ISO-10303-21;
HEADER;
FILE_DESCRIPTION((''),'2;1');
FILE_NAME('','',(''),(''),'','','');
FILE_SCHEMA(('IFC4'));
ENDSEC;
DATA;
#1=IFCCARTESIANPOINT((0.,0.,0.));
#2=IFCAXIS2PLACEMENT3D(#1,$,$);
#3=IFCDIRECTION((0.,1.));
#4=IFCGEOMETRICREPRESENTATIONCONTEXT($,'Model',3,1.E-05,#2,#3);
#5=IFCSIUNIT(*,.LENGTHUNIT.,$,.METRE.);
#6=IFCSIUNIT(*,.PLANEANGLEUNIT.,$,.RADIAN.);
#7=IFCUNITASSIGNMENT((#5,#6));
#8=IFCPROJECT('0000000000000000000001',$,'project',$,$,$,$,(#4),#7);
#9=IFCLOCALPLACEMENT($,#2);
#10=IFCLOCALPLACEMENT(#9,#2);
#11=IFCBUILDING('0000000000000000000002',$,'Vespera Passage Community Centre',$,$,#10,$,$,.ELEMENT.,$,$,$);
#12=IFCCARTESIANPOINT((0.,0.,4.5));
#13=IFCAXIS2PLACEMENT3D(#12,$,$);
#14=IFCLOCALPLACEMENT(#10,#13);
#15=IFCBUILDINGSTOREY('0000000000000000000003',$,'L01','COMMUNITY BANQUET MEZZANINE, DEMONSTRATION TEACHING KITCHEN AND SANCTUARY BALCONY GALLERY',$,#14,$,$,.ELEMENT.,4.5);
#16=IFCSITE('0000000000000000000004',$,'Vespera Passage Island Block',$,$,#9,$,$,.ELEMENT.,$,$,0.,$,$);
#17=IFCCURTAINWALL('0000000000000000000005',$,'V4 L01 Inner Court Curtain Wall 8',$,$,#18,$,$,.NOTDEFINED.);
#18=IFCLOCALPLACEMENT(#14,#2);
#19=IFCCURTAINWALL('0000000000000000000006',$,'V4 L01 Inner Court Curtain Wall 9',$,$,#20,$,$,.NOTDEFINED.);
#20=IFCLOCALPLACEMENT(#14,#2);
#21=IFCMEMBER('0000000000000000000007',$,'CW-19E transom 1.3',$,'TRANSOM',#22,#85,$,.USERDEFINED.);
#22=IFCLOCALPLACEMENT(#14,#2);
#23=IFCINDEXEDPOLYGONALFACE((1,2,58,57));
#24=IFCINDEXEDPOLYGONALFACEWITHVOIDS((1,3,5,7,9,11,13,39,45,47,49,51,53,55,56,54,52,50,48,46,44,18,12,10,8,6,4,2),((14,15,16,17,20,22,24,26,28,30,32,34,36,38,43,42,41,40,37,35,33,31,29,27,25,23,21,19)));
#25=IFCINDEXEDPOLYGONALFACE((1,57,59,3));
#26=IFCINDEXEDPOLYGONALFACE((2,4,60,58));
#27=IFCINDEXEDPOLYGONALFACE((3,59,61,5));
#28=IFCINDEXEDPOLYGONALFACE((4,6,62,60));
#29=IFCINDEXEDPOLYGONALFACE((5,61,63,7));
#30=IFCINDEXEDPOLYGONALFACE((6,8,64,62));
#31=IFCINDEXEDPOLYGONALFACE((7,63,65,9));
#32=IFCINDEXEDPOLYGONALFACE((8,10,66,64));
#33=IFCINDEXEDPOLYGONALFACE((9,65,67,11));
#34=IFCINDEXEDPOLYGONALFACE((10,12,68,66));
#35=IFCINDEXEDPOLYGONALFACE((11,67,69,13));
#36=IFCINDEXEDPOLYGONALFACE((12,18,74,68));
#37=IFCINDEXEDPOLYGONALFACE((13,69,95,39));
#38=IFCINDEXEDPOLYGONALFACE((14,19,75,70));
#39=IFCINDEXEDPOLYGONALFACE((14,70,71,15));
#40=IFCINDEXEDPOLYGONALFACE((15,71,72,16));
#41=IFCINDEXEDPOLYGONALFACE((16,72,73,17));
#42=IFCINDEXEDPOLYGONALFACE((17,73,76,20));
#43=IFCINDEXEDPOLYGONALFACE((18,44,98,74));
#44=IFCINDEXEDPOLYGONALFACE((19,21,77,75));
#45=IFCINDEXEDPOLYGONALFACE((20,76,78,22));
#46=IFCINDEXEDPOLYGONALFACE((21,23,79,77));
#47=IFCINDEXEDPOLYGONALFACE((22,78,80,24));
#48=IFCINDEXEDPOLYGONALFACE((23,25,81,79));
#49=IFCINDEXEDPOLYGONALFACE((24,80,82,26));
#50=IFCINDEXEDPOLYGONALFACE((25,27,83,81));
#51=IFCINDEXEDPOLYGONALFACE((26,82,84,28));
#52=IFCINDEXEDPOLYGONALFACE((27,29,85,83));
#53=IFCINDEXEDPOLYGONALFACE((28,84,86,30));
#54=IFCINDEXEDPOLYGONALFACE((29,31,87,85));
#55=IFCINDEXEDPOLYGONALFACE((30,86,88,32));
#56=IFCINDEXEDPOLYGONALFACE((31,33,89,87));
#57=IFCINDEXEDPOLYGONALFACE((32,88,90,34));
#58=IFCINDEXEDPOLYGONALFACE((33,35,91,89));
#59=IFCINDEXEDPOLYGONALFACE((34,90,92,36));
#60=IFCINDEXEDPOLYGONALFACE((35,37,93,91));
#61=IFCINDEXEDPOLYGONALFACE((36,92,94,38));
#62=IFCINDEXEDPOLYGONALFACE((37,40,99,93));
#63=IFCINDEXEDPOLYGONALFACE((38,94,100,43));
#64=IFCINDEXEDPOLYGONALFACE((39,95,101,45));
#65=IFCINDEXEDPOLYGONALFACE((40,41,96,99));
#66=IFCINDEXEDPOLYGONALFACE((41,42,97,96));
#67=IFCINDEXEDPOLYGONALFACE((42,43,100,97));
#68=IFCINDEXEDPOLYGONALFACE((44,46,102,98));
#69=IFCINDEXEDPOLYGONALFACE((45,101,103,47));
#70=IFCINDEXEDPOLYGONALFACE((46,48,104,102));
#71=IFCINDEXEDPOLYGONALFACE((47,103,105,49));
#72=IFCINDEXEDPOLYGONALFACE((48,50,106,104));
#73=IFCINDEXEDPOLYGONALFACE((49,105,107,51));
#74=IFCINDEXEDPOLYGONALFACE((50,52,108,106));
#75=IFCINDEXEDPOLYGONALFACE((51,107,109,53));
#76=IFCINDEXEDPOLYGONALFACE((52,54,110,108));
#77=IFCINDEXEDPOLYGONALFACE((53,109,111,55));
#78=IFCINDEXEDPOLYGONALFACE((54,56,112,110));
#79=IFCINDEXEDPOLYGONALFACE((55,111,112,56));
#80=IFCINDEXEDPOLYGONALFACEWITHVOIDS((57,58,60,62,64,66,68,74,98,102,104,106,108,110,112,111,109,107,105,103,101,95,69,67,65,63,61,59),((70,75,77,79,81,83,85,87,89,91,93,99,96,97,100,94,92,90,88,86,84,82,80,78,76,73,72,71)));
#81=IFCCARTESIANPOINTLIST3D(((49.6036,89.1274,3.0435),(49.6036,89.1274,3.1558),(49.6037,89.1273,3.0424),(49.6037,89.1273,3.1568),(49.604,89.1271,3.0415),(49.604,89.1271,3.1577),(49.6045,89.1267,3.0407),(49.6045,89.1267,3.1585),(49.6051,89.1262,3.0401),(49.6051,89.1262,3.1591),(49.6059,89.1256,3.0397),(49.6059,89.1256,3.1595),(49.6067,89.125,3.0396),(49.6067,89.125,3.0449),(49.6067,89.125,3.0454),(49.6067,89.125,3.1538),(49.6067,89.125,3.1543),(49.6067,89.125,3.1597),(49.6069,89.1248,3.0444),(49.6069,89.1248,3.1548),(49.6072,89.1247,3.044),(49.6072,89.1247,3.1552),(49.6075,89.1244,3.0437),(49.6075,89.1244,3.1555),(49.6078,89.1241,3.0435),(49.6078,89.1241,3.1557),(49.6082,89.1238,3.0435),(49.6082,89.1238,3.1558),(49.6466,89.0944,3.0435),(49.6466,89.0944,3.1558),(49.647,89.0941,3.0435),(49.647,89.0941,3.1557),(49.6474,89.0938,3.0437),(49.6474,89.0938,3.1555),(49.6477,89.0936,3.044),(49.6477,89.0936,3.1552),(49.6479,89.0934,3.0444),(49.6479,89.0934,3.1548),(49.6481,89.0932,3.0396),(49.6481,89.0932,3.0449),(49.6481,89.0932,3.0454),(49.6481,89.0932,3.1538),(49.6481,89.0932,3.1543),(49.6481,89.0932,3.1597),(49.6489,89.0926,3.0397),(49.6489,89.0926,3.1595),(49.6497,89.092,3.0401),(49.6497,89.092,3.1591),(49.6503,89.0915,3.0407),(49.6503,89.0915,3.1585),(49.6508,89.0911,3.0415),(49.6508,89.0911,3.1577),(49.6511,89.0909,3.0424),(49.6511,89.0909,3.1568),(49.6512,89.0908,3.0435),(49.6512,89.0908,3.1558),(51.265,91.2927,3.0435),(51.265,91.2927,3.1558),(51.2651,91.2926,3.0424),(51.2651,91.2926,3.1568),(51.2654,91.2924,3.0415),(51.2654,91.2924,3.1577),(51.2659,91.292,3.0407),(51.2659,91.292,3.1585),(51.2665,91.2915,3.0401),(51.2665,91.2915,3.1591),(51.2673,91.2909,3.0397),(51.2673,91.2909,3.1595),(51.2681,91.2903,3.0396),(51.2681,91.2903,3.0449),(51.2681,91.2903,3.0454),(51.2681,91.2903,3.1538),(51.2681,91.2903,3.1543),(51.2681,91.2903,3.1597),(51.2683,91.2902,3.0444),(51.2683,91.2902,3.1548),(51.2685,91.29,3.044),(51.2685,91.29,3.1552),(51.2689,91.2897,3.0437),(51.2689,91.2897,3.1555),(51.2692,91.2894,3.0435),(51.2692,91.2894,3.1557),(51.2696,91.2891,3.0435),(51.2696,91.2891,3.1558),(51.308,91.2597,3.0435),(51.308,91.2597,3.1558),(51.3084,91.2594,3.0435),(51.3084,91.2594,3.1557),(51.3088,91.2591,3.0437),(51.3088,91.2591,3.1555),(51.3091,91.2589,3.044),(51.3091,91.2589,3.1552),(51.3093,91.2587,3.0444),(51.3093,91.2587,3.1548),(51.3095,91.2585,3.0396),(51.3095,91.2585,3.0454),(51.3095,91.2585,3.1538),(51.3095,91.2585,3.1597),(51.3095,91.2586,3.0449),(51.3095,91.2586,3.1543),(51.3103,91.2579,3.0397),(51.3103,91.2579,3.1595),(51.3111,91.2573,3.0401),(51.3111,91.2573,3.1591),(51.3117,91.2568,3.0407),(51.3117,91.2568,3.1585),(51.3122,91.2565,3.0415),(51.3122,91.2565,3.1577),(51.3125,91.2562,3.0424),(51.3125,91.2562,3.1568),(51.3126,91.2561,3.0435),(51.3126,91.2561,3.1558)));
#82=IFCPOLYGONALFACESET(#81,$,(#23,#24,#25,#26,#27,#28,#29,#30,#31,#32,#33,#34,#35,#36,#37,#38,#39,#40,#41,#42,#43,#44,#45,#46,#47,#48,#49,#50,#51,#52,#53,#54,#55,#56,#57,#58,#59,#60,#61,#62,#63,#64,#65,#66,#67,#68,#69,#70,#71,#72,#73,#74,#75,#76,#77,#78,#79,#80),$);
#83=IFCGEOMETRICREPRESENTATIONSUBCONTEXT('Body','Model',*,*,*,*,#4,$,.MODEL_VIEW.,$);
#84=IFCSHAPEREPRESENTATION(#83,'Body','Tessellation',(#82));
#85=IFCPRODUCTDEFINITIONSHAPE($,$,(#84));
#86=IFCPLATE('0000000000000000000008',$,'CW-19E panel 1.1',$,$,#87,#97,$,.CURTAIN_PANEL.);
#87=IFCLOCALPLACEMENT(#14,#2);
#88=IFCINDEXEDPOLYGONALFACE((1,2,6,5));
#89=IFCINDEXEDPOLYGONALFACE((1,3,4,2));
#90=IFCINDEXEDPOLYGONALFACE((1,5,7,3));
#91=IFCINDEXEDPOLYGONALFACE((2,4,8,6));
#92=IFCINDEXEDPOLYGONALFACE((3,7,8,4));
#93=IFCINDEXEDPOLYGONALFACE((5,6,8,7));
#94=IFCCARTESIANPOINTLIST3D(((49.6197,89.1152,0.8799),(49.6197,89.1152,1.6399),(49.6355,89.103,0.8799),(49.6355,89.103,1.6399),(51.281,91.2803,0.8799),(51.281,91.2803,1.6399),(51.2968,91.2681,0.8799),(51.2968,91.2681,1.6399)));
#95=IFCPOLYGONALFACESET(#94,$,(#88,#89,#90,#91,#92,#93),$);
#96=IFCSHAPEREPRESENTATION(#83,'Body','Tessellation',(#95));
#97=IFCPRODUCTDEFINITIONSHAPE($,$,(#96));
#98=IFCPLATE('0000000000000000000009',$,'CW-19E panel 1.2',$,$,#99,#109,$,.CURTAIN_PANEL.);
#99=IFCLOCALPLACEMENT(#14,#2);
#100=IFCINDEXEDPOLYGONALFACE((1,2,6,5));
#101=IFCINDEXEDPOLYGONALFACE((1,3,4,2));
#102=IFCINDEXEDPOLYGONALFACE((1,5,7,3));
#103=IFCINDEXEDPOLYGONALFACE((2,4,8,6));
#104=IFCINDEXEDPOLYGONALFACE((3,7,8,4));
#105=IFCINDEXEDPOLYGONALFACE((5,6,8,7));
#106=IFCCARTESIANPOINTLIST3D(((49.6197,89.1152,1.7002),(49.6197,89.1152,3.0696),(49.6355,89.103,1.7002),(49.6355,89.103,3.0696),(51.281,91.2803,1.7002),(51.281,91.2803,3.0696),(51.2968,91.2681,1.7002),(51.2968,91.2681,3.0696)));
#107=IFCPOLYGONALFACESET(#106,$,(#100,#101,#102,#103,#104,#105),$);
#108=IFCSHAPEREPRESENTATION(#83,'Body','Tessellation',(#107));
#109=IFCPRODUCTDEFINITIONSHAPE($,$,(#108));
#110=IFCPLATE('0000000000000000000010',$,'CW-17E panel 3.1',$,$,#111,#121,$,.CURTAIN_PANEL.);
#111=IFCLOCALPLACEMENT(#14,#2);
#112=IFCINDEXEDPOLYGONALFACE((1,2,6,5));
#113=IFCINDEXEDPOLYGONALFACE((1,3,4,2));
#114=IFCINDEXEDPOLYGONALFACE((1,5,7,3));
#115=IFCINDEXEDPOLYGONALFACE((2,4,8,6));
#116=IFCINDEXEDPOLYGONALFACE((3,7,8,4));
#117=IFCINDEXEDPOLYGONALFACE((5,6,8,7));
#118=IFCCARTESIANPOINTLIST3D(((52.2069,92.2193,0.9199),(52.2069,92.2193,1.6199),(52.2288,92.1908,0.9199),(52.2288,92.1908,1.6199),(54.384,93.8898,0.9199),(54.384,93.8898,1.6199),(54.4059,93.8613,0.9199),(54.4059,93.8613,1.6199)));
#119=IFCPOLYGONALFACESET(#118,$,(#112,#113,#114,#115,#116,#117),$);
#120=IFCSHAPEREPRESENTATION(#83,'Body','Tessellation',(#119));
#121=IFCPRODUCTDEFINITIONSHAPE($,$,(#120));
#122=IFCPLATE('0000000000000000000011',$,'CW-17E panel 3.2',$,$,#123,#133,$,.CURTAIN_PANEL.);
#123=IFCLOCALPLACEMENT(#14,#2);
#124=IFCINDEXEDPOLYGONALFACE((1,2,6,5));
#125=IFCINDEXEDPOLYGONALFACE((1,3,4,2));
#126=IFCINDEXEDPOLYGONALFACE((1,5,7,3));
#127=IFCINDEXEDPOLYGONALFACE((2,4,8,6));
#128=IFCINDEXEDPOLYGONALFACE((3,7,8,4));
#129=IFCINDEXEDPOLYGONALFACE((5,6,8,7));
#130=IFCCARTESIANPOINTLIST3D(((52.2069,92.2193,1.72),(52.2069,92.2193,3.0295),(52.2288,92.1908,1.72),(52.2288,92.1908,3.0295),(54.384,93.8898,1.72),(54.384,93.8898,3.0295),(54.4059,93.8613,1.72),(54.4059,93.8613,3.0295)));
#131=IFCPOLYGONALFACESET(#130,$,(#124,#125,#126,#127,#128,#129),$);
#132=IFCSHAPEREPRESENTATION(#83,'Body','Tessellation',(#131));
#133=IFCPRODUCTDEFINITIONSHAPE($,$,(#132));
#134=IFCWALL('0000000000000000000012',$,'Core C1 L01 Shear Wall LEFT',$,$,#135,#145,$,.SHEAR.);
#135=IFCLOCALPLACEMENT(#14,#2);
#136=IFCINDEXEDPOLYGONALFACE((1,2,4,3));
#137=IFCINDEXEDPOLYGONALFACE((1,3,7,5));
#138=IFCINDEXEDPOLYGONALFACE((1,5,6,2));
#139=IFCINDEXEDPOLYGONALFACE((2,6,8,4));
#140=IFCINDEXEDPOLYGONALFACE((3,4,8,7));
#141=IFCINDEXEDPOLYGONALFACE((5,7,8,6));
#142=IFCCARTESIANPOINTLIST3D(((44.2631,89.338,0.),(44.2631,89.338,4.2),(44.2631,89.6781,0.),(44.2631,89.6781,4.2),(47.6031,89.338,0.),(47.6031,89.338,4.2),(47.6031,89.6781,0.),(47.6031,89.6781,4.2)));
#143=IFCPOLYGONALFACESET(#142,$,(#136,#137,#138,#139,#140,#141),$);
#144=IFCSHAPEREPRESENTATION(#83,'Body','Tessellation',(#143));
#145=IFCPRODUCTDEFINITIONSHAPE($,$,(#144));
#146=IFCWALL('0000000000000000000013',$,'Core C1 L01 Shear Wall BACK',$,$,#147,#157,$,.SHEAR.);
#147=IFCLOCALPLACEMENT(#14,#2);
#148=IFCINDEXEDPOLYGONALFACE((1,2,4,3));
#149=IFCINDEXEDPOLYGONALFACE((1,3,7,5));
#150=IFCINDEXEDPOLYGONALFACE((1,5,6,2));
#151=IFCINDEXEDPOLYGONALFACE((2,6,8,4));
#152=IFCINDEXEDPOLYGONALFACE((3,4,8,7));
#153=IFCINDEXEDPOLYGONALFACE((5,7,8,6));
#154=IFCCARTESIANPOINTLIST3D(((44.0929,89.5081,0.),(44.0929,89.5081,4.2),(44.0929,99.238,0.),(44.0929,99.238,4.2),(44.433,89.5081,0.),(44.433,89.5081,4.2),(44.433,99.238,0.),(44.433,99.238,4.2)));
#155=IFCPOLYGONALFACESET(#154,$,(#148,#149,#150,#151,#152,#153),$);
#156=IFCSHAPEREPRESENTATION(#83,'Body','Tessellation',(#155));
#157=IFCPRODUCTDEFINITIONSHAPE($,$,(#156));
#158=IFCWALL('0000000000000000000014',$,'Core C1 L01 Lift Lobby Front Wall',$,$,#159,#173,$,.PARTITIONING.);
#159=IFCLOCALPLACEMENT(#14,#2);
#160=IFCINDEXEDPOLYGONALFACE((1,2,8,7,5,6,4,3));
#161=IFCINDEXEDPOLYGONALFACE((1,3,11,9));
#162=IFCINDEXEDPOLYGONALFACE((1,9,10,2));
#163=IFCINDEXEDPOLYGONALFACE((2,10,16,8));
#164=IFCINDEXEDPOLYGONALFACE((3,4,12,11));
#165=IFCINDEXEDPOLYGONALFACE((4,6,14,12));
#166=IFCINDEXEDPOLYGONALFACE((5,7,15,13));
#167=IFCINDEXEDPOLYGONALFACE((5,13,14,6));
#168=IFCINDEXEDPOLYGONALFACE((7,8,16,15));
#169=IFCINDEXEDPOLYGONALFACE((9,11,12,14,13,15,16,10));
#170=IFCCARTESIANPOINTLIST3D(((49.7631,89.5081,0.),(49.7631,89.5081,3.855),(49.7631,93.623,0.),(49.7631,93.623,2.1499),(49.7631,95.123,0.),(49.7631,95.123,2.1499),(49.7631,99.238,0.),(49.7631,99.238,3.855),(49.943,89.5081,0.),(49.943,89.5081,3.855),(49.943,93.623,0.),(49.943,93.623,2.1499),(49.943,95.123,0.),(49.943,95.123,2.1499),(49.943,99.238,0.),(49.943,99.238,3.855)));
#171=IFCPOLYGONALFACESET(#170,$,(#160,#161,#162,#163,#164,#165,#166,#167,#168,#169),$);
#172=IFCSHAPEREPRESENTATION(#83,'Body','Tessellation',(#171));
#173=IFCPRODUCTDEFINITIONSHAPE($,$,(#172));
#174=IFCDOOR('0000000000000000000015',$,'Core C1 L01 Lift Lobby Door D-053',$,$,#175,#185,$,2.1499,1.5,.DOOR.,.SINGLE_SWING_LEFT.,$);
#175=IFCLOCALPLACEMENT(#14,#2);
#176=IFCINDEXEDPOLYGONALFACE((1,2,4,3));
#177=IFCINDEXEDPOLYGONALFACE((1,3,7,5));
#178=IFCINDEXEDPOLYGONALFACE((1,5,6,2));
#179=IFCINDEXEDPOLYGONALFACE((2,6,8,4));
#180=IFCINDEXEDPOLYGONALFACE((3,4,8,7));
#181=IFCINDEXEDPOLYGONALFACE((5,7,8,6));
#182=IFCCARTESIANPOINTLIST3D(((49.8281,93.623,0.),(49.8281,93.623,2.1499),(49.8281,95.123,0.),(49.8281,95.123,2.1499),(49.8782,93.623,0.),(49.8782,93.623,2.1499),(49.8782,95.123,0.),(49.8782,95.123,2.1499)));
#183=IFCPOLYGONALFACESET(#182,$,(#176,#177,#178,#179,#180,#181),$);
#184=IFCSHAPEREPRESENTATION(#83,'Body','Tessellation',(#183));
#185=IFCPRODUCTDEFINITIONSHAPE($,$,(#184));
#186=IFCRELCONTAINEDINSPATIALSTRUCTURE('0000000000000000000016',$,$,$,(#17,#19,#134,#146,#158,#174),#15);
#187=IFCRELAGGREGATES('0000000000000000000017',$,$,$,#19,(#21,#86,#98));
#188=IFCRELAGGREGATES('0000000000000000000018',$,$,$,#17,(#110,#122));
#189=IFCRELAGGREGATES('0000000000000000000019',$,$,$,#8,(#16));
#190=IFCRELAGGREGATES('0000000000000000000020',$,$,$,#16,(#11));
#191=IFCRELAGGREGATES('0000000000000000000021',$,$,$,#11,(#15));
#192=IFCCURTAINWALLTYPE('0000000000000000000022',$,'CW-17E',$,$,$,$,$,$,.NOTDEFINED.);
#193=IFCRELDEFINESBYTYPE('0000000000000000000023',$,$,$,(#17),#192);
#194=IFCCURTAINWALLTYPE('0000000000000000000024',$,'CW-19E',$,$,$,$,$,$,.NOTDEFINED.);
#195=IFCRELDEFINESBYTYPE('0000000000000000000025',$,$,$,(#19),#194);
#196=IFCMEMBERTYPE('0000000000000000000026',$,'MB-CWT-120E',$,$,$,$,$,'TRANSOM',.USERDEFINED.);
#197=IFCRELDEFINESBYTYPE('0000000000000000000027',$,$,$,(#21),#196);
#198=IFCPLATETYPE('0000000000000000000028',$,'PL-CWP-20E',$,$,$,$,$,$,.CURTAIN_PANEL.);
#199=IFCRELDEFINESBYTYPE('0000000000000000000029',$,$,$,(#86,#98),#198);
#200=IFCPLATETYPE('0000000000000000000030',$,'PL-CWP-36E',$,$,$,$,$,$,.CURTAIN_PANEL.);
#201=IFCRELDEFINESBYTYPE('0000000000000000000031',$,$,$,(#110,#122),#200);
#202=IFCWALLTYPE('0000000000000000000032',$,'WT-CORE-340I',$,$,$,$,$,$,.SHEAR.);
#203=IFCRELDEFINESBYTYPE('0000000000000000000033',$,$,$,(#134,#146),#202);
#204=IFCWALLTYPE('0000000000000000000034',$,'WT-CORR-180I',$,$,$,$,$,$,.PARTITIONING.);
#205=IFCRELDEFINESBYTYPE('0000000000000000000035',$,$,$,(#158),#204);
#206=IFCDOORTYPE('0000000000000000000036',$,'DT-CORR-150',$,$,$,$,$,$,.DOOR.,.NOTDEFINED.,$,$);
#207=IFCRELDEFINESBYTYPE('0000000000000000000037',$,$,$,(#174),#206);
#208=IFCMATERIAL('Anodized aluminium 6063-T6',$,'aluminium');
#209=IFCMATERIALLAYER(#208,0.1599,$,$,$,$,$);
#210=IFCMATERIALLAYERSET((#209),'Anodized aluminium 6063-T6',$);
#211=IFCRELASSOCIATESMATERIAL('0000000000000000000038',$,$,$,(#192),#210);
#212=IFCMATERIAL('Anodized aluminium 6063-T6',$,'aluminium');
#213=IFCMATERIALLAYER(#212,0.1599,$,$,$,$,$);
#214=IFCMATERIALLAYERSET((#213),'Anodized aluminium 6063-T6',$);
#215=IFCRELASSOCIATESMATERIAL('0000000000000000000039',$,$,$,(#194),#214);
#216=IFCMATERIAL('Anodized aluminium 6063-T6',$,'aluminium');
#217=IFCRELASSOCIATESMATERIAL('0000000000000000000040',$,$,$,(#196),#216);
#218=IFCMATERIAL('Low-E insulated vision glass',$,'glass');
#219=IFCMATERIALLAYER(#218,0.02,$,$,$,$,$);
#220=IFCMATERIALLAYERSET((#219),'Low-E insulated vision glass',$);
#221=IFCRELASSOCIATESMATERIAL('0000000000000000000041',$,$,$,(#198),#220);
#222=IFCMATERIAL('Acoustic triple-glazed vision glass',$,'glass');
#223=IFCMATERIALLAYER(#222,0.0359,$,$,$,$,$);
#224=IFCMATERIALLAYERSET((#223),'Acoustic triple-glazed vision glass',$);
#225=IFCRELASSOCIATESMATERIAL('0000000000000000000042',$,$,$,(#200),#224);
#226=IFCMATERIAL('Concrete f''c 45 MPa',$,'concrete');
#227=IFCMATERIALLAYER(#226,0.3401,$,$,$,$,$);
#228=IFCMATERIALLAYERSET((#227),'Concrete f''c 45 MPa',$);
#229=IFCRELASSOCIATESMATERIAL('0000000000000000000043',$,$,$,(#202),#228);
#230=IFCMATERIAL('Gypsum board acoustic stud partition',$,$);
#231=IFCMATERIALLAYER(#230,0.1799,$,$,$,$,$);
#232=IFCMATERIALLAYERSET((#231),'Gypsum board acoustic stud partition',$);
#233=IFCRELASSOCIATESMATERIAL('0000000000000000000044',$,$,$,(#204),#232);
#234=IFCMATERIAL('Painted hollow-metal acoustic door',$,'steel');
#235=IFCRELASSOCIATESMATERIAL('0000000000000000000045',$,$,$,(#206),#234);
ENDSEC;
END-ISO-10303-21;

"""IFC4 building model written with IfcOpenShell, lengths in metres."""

from ifc_helpers import new_model, si_unit, direction, frame, frame_2d, origin, origin_2d, place, context, subcontext, project, spatial, rectangle, hollow_rectangle, extrude, material, layer, layer_set, material_profile, profile_set, type_object, element, fill, aggregate, save


model = new_model("IFC4")

# Units and contexts
model_context = context("Model", 3, precision=1e-05, world=origin(), true_north=direction((0.0, 1.0)))
body_context = subcontext(model_context, "Body", "Model", "MODEL_VIEW")
ifc_project = project(units=[si_unit("LENGTHUNIT", "METRE"), si_unit("PLANEANGLEUNIT", "RADIAN")], contexts=[model_context])

# Site, building, storey
site_placement = place(None, origin())
site = spatial("IfcSite", under=ifc_project, at=site_placement, Name="Vespera Passage Island Block", CompositionType="ELEMENT", RefElevation=0.0)
building_placement = place(site_placement, origin())
building = spatial("IfcBuilding", under=site, at=building_placement, Name="Vespera Passage Community Centre", CompositionType="ELEMENT")
storey_placement = place(building_placement, frame((0.0, 0.0, 4.5)))
storey = spatial("IfcBuildingStorey", under=building, at=storey_placement, Name="L01", Description="COMMUNITY BANQUET MEZZANINE, DEMONSTRATION TEACHING KITCHEN AND SANCTUARY BALCONY GALLERY", CompositionType="ELEMENT", Elevation=4.5)

# Curtain walls
ifc_material_1 = material(Name="Anodized aluminium 6063-T6", Category="aluminium")
ifc_layer_1 = layer(ifc_material_1, 0.1599)
ifc_layer_set_1 = layer_set([ifc_layer_1], Name="Anodized aluminium 6063-T6")
curtain_wall_type_1 = type_object("IfcCurtainWallType", Name="CW-17E", PredefinedType="NOTDEFINED", material=ifc_layer_set_1)
curtain_wall_1_placement = place(storey_placement, origin())
curtain_wall_1 = element("IfcCurtainWall", 1, at=curtain_wall_1_placement, inside=storey, type_object=curtain_wall_type_1, Name="V4 L01 Inner Court Curtain Wall 8", PredefinedType="NOTDEFINED")
ifc_material_2 = material(Name="Anodized aluminium 6063-T6", Category="aluminium")
ifc_layer_2 = layer(ifc_material_2, 0.1599)
ifc_layer_set_2 = layer_set([ifc_layer_2], Name="Anodized aluminium 6063-T6")
curtain_wall_type_2 = type_object("IfcCurtainWallType", Name="CW-19E", PredefinedType="NOTDEFINED", material=ifc_layer_set_2)
curtain_wall_2_placement = place(storey_placement, origin())
curtain_wall_2 = element("IfcCurtainWall", 2, at=curtain_wall_2_placement, inside=storey, type_object=curtain_wall_type_2, Name="V4 L01 Inner Court Curtain Wall 9", PredefinedType="NOTDEFINED")

# Member
ifc_material_3 = material(Name="Anodized aluminium 6063-T6", Category="aluminium")
ifc_material_profile_1 = material_profile(ifc_material_3, hollow_rectangle(XDim=0.0601, YDim=0.1201, WallThickness=0.0039, InnerFilletRadius=0.002, OuterFilletRadius=0.0039, at=origin_2d()), Name="ALU120X60X4")
ifc_profile_set_1 = profile_set([ifc_material_profile_1], Name="Anodized aluminium 6063-T6")
member_type_1 = type_object("IfcMemberType", Name="MB-CWT-120E", ElementType="TRANSOM", PredefinedType="USERDEFINED", material=ifc_profile_set_1)
member_1_placement = place(storey_placement, frame((51.2888, 91.2744, 3.0996), z_axis=(-0.608738, -0.793372, 0.0), x_axis=(0.793372, -0.608738, 0.0)))
member_1 = element("IfcMember", 3, at=member_1_placement, type_object=member_type_1, Name="CW-19E transom 1.3", ObjectType="TRANSOM", PredefinedType="USERDEFINED", context=body_context, shape_type="SweptSolid", body=[
    extrude(hollow_rectangle(XDim=0.0601, YDim=0.1201, WallThickness=0.0039, InnerFilletRadius=0.002, OuterFilletRadius=0.0039, at=origin_2d()), origin(), (0.0, 0.0, 1.0), 2.7292),
])

# Plates
ifc_material_4 = material(Name="Low-E insulated vision glass", Category="glass")
ifc_layer_3 = layer(ifc_material_4, 0.02)
ifc_layer_set_3 = layer_set([ifc_layer_3], Name="Low-E insulated vision glass")
plate_type_1 = type_object("IfcPlateType", Name="PL-CWP-20E", PredefinedType="CURTAIN_PANEL", material=ifc_layer_set_3)
plate_1_placement = place(storey_placement, frame((50.4583, 90.1917, 0.8799), z_axis=(0.0, 0.0, 1.0), x_axis=(-0.608755, -0.793358, 0.0)))
plate_1 = element("IfcPlate", 4, at=plate_1_placement, type_object=plate_type_1, Name="CW-19E panel 1.1", PredefinedType="CURTAIN_PANEL", context=body_context, shape_type="SweptSolid", body=[
    extrude(rectangle(XDim=2.729, YDim=0.02, at=origin_2d()), origin(), (0.0, 0.0, 1.0), 0.76),
])
plate_2_placement = place(storey_placement, frame((50.4583, 90.1917, 1.7002), z_axis=(0.0, 0.0, 1.0), x_axis=(-0.608755, -0.793358, 0.0)))
plate_2 = element("IfcPlate", 5, at=plate_2_placement, type_object=plate_type_1, Name="CW-19E panel 1.2", PredefinedType="CURTAIN_PANEL", context=body_context, shape_type="SweptSolid", body=[
    extrude(rectangle(XDim=2.729, YDim=0.02, at=origin_2d()), origin(), (0.0, 0.0, 1.0), 1.3694),
])
aggregate(curtain_wall_2, [member_1, plate_1, plate_2])
ifc_material_5 = material(Name="Acoustic triple-glazed vision glass", Category="glass")
ifc_layer_4 = layer(ifc_material_5, 0.0359)
ifc_layer_set_4 = layer_set([ifc_layer_4], Name="Acoustic triple-glazed vision glass")
plate_type_2 = type_object("IfcPlateType", Name="PL-CWP-36E", PredefinedType="CURTAIN_PANEL", material=ifc_layer_set_4)
plate_3_placement = place(storey_placement, frame((53.3064, 93.0403, 0.9199), z_axis=(0.0, 0.0, 1.0), x_axis=(-0.793358, -0.608755, 0.0)))
plate_3 = element("IfcPlate", 6, at=plate_3_placement, type_object=plate_type_2, Name="CW-17E panel 3.1", PredefinedType="CURTAIN_PANEL", context=body_context, shape_type="SweptSolid", body=[
    extrude(rectangle(XDim=2.7441, YDim=0.0359, at=origin_2d()), origin(), (0.0, 0.0, 1.0), 0.7),
])
plate_4_placement = place(storey_placement, frame((53.3064, 93.0403, 1.72), z_axis=(0.0, 0.0, 1.0), x_axis=(-0.793358, -0.608755, 0.0)))
plate_4 = element("IfcPlate", 7, at=plate_4_placement, type_object=plate_type_2, Name="CW-17E panel 3.2", PredefinedType="CURTAIN_PANEL", context=body_context, shape_type="SweptSolid", body=[
    extrude(rectangle(XDim=2.7441, YDim=0.0359, at=origin_2d()), origin(), (0.0, 0.0, 1.0), 1.3096),
])
aggregate(curtain_wall_1, [plate_3, plate_4])

# Walls
ifc_material_6 = material(Name="Concrete f'c 45 MPa", Category="concrete")
ifc_layer_5 = layer(ifc_material_6, 0.3401)
ifc_layer_set_5 = layer_set([ifc_layer_5], Name="Concrete f'c 45 MPa")
wall_type_1 = type_object("IfcWallType", Name="WT-CORE-340I", PredefinedType="SHEAR", material=ifc_layer_set_5)
wall_1_placement = place(storey_placement, frame((47.603, 89.5081, 0.0), z_axis=(0.0, 0.0, 1.0), x_axis=(-1.0, 0.0, 0.0)))
element("IfcWall", 8, at=wall_1_placement, inside=storey, type_object=wall_type_1, Name="Core C1 L01 Shear Wall LEFT", PredefinedType="SHEAR", context=body_context, shape_type="SweptSolid", body=[
    extrude(rectangle(XDim=3.3401, YDim=0.3401, at=frame_2d((1.6699, 0.0))), origin(), (0.0, 0.0, 1.0), 4.2),
])
wall_2_placement = place(storey_placement, frame((44.2629, 89.5081, 0.0), z_axis=(0.0, 0.0, 1.0), x_axis=(0.0, 1.0, 0.0)))
element("IfcWall", 9, at=wall_2_placement, inside=storey, type_object=wall_type_1, Name="Core C1 L01 Shear Wall BACK", PredefinedType="SHEAR", context=body_context, shape_type="SweptSolid", body=[
    extrude(rectangle(XDim=9.73, YDim=0.3401, at=frame_2d((4.865, 0.0))), origin(), (0.0, 0.0, 1.0), 4.2),
])

# Wall, opening, door
ifc_material_7 = material(Name="Gypsum board acoustic stud partition")
ifc_layer_6 = layer(ifc_material_7, 0.1799)
ifc_layer_set_6 = layer_set([ifc_layer_6], Name="Gypsum board acoustic stud partition")
wall_type_2 = type_object("IfcWallType", Name="WT-CORR-180I", PredefinedType="PARTITIONING", material=ifc_layer_set_6)
wall_3_placement = place(storey_placement, frame((49.853, 89.5081, 0.0), z_axis=(0.0, 0.0, 1.0), x_axis=(0.0, 1.0, 0.0)))
wall_3 = element("IfcWall", 10, at=wall_3_placement, inside=storey, type_object=wall_type_2, Name="Core C1 L01 Lift Lobby Front Wall", PredefinedType="PARTITIONING", context=body_context, shape_type="SweptSolid", body=[
    extrude(rectangle(XDim=9.73, YDim=0.1799, at=frame_2d((4.865, 0.0))), origin(), (0.0, 0.0, 1.0), 3.855),
])
opening_1_placement = place(wall_3_placement, frame((4.115, 0.0, 0.0)))
opening_1 = element("IfcOpeningElement", 11, at=opening_1_placement, cuts=wall_3, PredefinedType="OPENING", context=body_context, shape_type="SweptSolid", body=[
    extrude(rectangle(XDim=1.5, YDim=2.1499, at=frame_2d((0.75, 1.075))), frame((0.0, 0.0999, 0.0), z_axis=(0.0, -1.0, 0.0), x_axis=(1.0, 0.0, 0.0)), (0.0, 0.0, 1.0), 0.2),
])
ifc_material_8 = material(Name="Painted hollow-metal acoustic door", Category="steel")
door_type_1 = type_object("IfcDoorType", Name="DT-CORR-150", OperationType="NOTDEFINED", PredefinedType="DOOR", material=ifc_material_8)
door_1_placement = place(opening_1_placement, origin())
door_1 = element("IfcDoor", 12, at=door_1_placement, inside=storey, type_object=door_type_1, Name="Core C1 L01 Lift Lobby Door D-053", OperationType="SINGLE_SWING_LEFT", OverallHeight=2.1499, OverallWidth=1.5, PredefinedType="DOOR", context=body_context, shape_type="SweptSolid", body=[
    extrude(rectangle(XDim=1.5, YDim=2.1499, at=frame_2d((0.75, 1.075))), frame((0.0, 0.0249, 0.0), z_axis=(0.0, -1.0, 0.0), x_axis=(1.0, 0.0, 0.0)), (0.0, 0.0, 1.0), 0.05),
])
fill(opening_1, door_1)

save(model, "model.ifc")
